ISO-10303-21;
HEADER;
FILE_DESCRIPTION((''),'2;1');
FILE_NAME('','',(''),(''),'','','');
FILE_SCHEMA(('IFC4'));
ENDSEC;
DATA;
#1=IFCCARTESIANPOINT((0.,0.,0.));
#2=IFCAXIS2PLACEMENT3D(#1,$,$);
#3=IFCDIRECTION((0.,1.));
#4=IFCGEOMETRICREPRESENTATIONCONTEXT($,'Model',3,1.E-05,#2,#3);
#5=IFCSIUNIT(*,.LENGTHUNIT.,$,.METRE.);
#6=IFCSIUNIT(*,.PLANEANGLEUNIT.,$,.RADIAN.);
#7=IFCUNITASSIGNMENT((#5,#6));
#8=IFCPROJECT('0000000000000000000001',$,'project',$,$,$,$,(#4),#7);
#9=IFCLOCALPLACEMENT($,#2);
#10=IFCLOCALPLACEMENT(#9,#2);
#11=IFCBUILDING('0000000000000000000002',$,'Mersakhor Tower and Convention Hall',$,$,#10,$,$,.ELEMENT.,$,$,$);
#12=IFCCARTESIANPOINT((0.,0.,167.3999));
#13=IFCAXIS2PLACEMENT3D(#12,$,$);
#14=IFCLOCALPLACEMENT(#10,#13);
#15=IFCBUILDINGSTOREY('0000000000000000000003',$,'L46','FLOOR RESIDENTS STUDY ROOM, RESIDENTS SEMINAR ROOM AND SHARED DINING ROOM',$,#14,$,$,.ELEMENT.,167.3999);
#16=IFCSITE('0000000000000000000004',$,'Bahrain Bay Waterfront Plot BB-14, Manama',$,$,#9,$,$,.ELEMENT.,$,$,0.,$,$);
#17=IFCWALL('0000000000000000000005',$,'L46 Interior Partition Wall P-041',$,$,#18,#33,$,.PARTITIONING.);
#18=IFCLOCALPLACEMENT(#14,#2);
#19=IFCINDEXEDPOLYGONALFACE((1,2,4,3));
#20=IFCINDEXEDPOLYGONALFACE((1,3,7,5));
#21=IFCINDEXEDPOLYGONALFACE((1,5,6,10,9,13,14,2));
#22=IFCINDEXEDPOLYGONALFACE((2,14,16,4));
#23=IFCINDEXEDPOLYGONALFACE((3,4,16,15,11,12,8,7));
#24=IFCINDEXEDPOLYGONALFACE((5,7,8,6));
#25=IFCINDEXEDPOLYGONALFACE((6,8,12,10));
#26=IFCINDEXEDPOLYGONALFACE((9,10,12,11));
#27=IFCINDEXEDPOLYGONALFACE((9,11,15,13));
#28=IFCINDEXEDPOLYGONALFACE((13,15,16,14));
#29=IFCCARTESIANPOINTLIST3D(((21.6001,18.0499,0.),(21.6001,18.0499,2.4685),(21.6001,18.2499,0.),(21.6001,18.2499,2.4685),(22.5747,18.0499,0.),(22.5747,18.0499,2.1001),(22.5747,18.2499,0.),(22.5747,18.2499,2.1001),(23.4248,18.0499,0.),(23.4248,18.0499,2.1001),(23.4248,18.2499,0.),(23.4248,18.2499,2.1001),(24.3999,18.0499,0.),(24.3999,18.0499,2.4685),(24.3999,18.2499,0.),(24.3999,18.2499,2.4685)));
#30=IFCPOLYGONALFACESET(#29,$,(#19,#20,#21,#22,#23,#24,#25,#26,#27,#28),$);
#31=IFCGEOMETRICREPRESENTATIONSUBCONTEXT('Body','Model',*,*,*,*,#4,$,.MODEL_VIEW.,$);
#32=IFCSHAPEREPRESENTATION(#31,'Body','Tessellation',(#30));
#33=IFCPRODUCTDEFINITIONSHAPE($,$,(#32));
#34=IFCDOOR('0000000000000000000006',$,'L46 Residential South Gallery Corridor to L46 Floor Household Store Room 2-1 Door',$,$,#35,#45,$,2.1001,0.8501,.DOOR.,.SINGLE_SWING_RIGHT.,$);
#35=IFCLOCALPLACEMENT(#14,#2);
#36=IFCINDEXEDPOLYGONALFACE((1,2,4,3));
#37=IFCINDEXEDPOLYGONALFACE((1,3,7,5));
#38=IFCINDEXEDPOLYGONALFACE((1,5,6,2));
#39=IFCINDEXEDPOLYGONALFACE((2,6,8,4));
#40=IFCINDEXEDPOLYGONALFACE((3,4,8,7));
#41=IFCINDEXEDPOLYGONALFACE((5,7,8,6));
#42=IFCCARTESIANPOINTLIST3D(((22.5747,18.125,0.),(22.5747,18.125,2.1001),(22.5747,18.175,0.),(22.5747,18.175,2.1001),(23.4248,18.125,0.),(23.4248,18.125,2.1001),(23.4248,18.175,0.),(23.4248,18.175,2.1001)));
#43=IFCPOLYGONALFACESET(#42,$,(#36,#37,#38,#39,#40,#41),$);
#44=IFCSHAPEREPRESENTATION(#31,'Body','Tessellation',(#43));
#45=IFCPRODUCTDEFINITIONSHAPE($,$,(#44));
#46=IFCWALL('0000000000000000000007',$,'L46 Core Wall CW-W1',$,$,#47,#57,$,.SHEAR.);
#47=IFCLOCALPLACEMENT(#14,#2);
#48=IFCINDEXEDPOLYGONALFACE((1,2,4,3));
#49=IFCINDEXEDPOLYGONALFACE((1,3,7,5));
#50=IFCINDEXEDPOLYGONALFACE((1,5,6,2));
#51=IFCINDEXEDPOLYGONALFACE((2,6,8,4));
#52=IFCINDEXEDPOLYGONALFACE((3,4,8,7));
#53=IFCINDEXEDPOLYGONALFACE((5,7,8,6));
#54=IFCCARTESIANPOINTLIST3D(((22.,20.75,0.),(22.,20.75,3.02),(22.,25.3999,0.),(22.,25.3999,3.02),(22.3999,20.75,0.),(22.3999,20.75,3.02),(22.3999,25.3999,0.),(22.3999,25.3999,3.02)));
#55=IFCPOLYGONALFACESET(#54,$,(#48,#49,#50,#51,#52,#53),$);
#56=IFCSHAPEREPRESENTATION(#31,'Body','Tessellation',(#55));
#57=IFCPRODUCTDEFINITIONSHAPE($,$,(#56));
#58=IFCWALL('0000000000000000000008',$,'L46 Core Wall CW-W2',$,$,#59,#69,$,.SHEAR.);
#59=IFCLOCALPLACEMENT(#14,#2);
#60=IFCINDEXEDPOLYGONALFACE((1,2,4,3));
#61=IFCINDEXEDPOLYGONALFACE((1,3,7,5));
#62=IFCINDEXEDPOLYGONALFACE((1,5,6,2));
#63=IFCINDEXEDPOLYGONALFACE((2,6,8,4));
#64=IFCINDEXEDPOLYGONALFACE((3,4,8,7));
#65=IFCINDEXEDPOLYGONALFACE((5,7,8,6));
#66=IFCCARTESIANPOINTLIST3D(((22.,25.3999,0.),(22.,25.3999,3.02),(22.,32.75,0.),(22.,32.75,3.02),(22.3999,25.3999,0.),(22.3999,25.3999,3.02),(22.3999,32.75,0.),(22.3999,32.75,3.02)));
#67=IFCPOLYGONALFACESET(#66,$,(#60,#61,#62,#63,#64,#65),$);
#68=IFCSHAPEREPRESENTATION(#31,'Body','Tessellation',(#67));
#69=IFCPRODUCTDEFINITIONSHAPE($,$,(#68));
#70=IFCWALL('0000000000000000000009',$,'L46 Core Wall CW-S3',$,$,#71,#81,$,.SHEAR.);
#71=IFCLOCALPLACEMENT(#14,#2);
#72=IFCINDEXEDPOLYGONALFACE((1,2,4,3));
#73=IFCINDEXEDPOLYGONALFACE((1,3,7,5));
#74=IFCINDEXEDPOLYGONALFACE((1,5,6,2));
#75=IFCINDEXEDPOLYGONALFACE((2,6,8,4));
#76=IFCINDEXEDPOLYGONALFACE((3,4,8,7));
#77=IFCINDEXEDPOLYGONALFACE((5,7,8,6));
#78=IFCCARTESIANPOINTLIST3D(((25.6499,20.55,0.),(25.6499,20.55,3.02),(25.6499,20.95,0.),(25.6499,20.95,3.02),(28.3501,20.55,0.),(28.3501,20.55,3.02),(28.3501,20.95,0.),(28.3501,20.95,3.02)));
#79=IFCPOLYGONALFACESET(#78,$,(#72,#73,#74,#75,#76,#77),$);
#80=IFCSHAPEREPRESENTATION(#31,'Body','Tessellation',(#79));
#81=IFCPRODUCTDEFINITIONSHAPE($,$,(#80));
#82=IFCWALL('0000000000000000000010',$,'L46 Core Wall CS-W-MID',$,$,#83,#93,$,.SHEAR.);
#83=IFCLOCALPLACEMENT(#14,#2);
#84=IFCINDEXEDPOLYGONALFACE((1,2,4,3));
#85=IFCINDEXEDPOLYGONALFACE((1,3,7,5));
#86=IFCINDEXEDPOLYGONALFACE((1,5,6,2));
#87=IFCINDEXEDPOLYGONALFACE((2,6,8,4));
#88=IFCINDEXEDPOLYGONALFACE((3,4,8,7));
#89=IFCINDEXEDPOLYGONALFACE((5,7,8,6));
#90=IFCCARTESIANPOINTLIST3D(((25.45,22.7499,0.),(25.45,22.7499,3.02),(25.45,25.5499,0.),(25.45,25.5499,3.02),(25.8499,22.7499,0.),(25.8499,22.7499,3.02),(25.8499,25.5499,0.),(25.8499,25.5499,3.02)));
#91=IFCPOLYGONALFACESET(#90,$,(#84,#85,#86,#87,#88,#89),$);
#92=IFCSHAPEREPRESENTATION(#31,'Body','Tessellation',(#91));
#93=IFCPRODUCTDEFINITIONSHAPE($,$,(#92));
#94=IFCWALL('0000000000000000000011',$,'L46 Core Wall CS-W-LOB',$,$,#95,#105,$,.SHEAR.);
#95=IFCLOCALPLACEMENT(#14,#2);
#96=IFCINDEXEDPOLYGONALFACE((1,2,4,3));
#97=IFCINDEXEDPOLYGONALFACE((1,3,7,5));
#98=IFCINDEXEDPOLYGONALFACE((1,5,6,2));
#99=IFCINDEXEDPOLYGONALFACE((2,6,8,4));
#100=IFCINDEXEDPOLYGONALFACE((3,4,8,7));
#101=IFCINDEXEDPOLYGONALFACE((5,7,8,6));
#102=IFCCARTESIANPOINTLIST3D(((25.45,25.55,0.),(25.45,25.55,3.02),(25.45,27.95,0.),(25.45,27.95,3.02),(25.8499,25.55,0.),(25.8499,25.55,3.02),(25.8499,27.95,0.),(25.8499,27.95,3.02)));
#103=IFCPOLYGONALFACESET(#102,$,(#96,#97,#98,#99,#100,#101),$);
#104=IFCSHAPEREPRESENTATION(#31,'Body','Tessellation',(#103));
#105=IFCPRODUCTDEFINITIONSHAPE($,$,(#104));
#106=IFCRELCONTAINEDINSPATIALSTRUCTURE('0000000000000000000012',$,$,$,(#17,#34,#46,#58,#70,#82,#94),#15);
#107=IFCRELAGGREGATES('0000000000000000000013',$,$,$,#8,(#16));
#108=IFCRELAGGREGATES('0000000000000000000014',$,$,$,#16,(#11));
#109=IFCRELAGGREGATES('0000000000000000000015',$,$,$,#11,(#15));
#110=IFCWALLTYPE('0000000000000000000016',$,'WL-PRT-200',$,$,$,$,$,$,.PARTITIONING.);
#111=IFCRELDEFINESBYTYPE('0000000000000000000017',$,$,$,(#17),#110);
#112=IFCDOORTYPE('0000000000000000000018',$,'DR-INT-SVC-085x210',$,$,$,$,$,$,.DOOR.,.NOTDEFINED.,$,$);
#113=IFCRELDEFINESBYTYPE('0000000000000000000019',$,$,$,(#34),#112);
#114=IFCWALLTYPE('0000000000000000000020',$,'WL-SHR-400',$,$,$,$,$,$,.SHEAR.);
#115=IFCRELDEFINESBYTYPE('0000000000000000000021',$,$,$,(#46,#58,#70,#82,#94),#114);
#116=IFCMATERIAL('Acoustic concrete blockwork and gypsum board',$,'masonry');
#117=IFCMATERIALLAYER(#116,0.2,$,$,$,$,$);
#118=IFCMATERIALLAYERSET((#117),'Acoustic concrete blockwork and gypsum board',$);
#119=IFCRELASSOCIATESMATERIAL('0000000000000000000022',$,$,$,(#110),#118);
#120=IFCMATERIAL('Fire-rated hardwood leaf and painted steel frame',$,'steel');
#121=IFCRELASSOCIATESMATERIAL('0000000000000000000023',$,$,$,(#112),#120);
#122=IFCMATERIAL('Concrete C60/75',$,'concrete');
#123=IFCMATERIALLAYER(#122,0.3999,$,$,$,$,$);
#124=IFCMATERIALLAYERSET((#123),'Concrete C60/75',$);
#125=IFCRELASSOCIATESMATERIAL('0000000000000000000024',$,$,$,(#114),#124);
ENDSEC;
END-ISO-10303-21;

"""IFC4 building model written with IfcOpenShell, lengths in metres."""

from ifc_helpers import new_model, si_unit, direction, frame, frame_2d, origin, place, context, subcontext, project, spatial, rectangle, extrude, material, layer, layer_set, type_object, element, fill, save


model = new_model("IFC4")

# Units and contexts
model_context = context("Model", 3, precision=1e-05, world=origin(), true_north=direction((0.0, 1.0)))
body_context = subcontext(model_context, "Body", "Model", "MODEL_VIEW")
ifc_project = project(units=[si_unit("LENGTHUNIT", "METRE"), si_unit("PLANEANGLEUNIT", "RADIAN")], contexts=[model_context])

# Site, building, storey
site_placement = place(None, origin())
site = spatial("IfcSite", under=ifc_project, at=site_placement, Name="Bahrain Bay Waterfront Plot BB-14, Manama", CompositionType="ELEMENT", RefElevation=0.0)
building_placement = place(site_placement, origin())
building = spatial("IfcBuilding", under=site, at=building_placement, Name="Mersakhor Tower and Convention Hall", CompositionType="ELEMENT")
storey_placement = place(building_placement, frame((0.0, 0.0, 167.3999)))
storey = spatial("IfcBuildingStorey", under=building, at=storey_placement, Name="L46", Description="FLOOR RESIDENTS STUDY ROOM, RESIDENTS SEMINAR ROOM AND SHARED DINING ROOM", CompositionType="ELEMENT", Elevation=167.3999)

# Shared definitions
ifc_material_1 = material(Name="Acoustic concrete blockwork and gypsum board", Category="masonry")
ifc_layer_1 = layer(ifc_material_1, 0.2)
ifc_layer_set_1 = layer_set([ifc_layer_1], Name="Acoustic concrete blockwork and gypsum board")
wall_type_1 = type_object("IfcWallType", Name="WL-PRT-200", PredefinedType="PARTITIONING", material=ifc_layer_set_1)

# Wall, opening, door
ifc_material_2 = material(Name="Fire-rated hardwood leaf and painted steel frame", Category="steel")
door_type_1 = type_object("IfcDoorType", Name="DR-INT-SVC-085x210", OperationType="NOTDEFINED", PredefinedType="DOOR", material=ifc_material_2)
wall_1_placement = place(storey_placement, frame((24.3999, 18.1499, 0.0), z_axis=(0.0, 0.0, 1.0), x_axis=(-1.0, 0.0, 0.0)))
wall_1 = element("IfcWall", 1, at=wall_1_placement, inside=storey, type_object=wall_type_1, Name="L46 Interior Partition Wall P-041", PredefinedType="PARTITIONING", context=body_context, shape_type="SweptSolid", body=[
    extrude(rectangle(XDim=2.7998, YDim=0.2, at=frame_2d((1.3999, 0.0))), origin(), (0.0, 0.0, 1.0), 2.4685),
])
opening_1_placement = place(wall_1_placement, frame((0.9751, 0.0, 0.0)))
opening_1 = element("IfcOpeningElement", 2, at=opening_1_placement, cuts=wall_1, PredefinedType="OPENING", context=body_context, shape_type="SweptSolid", body=[
    extrude(rectangle(XDim=0.8501, YDim=2.1001, at=frame_2d((0.425, 1.05))), frame((0.0, 0.1099, 0.0), z_axis=(0.0, -1.0, 0.0), x_axis=(1.0, 0.0, 0.0)), (0.0, 0.0, 1.0), 0.22),
])
door_1_placement = place(opening_1_placement, origin())
door_1 = element("IfcDoor", 3, at=door_1_placement, inside=storey, type_object=door_type_1, Name="L46 Residential South Gallery Corridor to L46 Floor Household Store Room 2-1 Door", OperationType="SINGLE_SWING_RIGHT", OverallHeight=2.1001, OverallWidth=0.8501, PredefinedType="DOOR", context=body_context, shape_type="SweptSolid", body=[
    extrude(rectangle(XDim=0.8501, YDim=2.1001, at=frame_2d((0.425, 1.05))), frame((0.0, 0.0249, 0.0), z_axis=(0.0, -1.0, 0.0), x_axis=(1.0, 0.0, 0.0)), (0.0, 0.0, 1.0), 0.05),
])
fill(opening_1, door_1)

# Walls
ifc_material_3 = material(Name="Concrete C60/75", Category="concrete")
ifc_layer_2 = layer(ifc_material_3, 0.3999)
ifc_layer_set_2 = layer_set([ifc_layer_2], Name="Concrete C60/75")
wall_type_2 = type_object("IfcWallType", Name="WL-SHR-400", PredefinedType="SHEAR", material=ifc_layer_set_2)
wall_2_placement = place(storey_placement, frame((22.2, 20.75, 0.0), z_axis=(0.0, 0.0, 1.0), x_axis=(0.0, 1.0, 0.0)))
element("IfcWall", 4, at=wall_2_placement, inside=storey, type_object=wall_type_2, Name="L46 Core Wall CW-W1", PredefinedType="SHEAR", context=body_context, shape_type="SweptSolid", body=[
    extrude(rectangle(XDim=4.6499, YDim=0.3999, at=frame_2d((2.325, 0.0))), origin(), (0.0, 0.0, 1.0), 3.02),
])
wall_3_placement = place(storey_placement, frame((22.2, 25.3999, 0.0), z_axis=(0.0, 0.0, 1.0), x_axis=(0.0, 1.0, 0.0)))
element("IfcWall", 5, at=wall_3_placement, inside=storey, type_object=wall_type_2, Name="L46 Core Wall CW-W2", PredefinedType="SHEAR", context=body_context, shape_type="SweptSolid", body=[
    extrude(rectangle(XDim=7.3501, YDim=0.3999, at=frame_2d((3.675, 0.0))), origin(), (0.0, 0.0, 1.0), 3.02),
])
wall_4_placement = place(storey_placement, frame((28.3501, 20.75, 0.0), z_axis=(0.0, 0.0, 1.0), x_axis=(-1.0, 0.0, 0.0)))
element("IfcWall", 6, at=wall_4_placement, inside=storey, type_object=wall_type_2, Name="L46 Core Wall CW-S3", PredefinedType="SHEAR", context=body_context, shape_type="SweptSolid", body=[
    extrude(rectangle(XDim=2.7002, YDim=0.3999, at=frame_2d((1.3501, 0.0))), origin(), (0.0, 0.0, 1.0), 3.02),
])

# Walls
wall_5_placement = place(storey_placement, frame((25.6499, 22.75, 0.0), z_axis=(0.0, 0.0, 1.0), x_axis=(0.0, 1.0, 0.0)))
element("IfcWall", 7, at=wall_5_placement, inside=storey, type_object=wall_type_2, Name="L46 Core Wall CS-W-MID", PredefinedType="SHEAR", context=body_context, shape_type="SweptSolid", body=[
    extrude(rectangle(XDim=2.8, YDim=0.3999, at=frame_2d((1.3999, 0.0))), origin(), (0.0, 0.0, 1.0), 3.02),
])
wall_6_placement = place(storey_placement, frame((25.6499, 25.55, 0.0), z_axis=(0.0, 0.0, 1.0), x_axis=(0.0, 1.0, 0.0)))
element("IfcWall", 8, at=wall_6_placement, inside=storey, type_object=wall_type_2, Name="L46 Core Wall CS-W-LOB", PredefinedType="SHEAR", context=body_context, shape_type="SweptSolid", body=[
    extrude(rectangle(XDim=2.3999, YDim=0.3999, at=frame_2d((1.2, 0.0))), origin(), (0.0, 0.0, 1.0), 3.02),
])

save(model, "model.ifc")
